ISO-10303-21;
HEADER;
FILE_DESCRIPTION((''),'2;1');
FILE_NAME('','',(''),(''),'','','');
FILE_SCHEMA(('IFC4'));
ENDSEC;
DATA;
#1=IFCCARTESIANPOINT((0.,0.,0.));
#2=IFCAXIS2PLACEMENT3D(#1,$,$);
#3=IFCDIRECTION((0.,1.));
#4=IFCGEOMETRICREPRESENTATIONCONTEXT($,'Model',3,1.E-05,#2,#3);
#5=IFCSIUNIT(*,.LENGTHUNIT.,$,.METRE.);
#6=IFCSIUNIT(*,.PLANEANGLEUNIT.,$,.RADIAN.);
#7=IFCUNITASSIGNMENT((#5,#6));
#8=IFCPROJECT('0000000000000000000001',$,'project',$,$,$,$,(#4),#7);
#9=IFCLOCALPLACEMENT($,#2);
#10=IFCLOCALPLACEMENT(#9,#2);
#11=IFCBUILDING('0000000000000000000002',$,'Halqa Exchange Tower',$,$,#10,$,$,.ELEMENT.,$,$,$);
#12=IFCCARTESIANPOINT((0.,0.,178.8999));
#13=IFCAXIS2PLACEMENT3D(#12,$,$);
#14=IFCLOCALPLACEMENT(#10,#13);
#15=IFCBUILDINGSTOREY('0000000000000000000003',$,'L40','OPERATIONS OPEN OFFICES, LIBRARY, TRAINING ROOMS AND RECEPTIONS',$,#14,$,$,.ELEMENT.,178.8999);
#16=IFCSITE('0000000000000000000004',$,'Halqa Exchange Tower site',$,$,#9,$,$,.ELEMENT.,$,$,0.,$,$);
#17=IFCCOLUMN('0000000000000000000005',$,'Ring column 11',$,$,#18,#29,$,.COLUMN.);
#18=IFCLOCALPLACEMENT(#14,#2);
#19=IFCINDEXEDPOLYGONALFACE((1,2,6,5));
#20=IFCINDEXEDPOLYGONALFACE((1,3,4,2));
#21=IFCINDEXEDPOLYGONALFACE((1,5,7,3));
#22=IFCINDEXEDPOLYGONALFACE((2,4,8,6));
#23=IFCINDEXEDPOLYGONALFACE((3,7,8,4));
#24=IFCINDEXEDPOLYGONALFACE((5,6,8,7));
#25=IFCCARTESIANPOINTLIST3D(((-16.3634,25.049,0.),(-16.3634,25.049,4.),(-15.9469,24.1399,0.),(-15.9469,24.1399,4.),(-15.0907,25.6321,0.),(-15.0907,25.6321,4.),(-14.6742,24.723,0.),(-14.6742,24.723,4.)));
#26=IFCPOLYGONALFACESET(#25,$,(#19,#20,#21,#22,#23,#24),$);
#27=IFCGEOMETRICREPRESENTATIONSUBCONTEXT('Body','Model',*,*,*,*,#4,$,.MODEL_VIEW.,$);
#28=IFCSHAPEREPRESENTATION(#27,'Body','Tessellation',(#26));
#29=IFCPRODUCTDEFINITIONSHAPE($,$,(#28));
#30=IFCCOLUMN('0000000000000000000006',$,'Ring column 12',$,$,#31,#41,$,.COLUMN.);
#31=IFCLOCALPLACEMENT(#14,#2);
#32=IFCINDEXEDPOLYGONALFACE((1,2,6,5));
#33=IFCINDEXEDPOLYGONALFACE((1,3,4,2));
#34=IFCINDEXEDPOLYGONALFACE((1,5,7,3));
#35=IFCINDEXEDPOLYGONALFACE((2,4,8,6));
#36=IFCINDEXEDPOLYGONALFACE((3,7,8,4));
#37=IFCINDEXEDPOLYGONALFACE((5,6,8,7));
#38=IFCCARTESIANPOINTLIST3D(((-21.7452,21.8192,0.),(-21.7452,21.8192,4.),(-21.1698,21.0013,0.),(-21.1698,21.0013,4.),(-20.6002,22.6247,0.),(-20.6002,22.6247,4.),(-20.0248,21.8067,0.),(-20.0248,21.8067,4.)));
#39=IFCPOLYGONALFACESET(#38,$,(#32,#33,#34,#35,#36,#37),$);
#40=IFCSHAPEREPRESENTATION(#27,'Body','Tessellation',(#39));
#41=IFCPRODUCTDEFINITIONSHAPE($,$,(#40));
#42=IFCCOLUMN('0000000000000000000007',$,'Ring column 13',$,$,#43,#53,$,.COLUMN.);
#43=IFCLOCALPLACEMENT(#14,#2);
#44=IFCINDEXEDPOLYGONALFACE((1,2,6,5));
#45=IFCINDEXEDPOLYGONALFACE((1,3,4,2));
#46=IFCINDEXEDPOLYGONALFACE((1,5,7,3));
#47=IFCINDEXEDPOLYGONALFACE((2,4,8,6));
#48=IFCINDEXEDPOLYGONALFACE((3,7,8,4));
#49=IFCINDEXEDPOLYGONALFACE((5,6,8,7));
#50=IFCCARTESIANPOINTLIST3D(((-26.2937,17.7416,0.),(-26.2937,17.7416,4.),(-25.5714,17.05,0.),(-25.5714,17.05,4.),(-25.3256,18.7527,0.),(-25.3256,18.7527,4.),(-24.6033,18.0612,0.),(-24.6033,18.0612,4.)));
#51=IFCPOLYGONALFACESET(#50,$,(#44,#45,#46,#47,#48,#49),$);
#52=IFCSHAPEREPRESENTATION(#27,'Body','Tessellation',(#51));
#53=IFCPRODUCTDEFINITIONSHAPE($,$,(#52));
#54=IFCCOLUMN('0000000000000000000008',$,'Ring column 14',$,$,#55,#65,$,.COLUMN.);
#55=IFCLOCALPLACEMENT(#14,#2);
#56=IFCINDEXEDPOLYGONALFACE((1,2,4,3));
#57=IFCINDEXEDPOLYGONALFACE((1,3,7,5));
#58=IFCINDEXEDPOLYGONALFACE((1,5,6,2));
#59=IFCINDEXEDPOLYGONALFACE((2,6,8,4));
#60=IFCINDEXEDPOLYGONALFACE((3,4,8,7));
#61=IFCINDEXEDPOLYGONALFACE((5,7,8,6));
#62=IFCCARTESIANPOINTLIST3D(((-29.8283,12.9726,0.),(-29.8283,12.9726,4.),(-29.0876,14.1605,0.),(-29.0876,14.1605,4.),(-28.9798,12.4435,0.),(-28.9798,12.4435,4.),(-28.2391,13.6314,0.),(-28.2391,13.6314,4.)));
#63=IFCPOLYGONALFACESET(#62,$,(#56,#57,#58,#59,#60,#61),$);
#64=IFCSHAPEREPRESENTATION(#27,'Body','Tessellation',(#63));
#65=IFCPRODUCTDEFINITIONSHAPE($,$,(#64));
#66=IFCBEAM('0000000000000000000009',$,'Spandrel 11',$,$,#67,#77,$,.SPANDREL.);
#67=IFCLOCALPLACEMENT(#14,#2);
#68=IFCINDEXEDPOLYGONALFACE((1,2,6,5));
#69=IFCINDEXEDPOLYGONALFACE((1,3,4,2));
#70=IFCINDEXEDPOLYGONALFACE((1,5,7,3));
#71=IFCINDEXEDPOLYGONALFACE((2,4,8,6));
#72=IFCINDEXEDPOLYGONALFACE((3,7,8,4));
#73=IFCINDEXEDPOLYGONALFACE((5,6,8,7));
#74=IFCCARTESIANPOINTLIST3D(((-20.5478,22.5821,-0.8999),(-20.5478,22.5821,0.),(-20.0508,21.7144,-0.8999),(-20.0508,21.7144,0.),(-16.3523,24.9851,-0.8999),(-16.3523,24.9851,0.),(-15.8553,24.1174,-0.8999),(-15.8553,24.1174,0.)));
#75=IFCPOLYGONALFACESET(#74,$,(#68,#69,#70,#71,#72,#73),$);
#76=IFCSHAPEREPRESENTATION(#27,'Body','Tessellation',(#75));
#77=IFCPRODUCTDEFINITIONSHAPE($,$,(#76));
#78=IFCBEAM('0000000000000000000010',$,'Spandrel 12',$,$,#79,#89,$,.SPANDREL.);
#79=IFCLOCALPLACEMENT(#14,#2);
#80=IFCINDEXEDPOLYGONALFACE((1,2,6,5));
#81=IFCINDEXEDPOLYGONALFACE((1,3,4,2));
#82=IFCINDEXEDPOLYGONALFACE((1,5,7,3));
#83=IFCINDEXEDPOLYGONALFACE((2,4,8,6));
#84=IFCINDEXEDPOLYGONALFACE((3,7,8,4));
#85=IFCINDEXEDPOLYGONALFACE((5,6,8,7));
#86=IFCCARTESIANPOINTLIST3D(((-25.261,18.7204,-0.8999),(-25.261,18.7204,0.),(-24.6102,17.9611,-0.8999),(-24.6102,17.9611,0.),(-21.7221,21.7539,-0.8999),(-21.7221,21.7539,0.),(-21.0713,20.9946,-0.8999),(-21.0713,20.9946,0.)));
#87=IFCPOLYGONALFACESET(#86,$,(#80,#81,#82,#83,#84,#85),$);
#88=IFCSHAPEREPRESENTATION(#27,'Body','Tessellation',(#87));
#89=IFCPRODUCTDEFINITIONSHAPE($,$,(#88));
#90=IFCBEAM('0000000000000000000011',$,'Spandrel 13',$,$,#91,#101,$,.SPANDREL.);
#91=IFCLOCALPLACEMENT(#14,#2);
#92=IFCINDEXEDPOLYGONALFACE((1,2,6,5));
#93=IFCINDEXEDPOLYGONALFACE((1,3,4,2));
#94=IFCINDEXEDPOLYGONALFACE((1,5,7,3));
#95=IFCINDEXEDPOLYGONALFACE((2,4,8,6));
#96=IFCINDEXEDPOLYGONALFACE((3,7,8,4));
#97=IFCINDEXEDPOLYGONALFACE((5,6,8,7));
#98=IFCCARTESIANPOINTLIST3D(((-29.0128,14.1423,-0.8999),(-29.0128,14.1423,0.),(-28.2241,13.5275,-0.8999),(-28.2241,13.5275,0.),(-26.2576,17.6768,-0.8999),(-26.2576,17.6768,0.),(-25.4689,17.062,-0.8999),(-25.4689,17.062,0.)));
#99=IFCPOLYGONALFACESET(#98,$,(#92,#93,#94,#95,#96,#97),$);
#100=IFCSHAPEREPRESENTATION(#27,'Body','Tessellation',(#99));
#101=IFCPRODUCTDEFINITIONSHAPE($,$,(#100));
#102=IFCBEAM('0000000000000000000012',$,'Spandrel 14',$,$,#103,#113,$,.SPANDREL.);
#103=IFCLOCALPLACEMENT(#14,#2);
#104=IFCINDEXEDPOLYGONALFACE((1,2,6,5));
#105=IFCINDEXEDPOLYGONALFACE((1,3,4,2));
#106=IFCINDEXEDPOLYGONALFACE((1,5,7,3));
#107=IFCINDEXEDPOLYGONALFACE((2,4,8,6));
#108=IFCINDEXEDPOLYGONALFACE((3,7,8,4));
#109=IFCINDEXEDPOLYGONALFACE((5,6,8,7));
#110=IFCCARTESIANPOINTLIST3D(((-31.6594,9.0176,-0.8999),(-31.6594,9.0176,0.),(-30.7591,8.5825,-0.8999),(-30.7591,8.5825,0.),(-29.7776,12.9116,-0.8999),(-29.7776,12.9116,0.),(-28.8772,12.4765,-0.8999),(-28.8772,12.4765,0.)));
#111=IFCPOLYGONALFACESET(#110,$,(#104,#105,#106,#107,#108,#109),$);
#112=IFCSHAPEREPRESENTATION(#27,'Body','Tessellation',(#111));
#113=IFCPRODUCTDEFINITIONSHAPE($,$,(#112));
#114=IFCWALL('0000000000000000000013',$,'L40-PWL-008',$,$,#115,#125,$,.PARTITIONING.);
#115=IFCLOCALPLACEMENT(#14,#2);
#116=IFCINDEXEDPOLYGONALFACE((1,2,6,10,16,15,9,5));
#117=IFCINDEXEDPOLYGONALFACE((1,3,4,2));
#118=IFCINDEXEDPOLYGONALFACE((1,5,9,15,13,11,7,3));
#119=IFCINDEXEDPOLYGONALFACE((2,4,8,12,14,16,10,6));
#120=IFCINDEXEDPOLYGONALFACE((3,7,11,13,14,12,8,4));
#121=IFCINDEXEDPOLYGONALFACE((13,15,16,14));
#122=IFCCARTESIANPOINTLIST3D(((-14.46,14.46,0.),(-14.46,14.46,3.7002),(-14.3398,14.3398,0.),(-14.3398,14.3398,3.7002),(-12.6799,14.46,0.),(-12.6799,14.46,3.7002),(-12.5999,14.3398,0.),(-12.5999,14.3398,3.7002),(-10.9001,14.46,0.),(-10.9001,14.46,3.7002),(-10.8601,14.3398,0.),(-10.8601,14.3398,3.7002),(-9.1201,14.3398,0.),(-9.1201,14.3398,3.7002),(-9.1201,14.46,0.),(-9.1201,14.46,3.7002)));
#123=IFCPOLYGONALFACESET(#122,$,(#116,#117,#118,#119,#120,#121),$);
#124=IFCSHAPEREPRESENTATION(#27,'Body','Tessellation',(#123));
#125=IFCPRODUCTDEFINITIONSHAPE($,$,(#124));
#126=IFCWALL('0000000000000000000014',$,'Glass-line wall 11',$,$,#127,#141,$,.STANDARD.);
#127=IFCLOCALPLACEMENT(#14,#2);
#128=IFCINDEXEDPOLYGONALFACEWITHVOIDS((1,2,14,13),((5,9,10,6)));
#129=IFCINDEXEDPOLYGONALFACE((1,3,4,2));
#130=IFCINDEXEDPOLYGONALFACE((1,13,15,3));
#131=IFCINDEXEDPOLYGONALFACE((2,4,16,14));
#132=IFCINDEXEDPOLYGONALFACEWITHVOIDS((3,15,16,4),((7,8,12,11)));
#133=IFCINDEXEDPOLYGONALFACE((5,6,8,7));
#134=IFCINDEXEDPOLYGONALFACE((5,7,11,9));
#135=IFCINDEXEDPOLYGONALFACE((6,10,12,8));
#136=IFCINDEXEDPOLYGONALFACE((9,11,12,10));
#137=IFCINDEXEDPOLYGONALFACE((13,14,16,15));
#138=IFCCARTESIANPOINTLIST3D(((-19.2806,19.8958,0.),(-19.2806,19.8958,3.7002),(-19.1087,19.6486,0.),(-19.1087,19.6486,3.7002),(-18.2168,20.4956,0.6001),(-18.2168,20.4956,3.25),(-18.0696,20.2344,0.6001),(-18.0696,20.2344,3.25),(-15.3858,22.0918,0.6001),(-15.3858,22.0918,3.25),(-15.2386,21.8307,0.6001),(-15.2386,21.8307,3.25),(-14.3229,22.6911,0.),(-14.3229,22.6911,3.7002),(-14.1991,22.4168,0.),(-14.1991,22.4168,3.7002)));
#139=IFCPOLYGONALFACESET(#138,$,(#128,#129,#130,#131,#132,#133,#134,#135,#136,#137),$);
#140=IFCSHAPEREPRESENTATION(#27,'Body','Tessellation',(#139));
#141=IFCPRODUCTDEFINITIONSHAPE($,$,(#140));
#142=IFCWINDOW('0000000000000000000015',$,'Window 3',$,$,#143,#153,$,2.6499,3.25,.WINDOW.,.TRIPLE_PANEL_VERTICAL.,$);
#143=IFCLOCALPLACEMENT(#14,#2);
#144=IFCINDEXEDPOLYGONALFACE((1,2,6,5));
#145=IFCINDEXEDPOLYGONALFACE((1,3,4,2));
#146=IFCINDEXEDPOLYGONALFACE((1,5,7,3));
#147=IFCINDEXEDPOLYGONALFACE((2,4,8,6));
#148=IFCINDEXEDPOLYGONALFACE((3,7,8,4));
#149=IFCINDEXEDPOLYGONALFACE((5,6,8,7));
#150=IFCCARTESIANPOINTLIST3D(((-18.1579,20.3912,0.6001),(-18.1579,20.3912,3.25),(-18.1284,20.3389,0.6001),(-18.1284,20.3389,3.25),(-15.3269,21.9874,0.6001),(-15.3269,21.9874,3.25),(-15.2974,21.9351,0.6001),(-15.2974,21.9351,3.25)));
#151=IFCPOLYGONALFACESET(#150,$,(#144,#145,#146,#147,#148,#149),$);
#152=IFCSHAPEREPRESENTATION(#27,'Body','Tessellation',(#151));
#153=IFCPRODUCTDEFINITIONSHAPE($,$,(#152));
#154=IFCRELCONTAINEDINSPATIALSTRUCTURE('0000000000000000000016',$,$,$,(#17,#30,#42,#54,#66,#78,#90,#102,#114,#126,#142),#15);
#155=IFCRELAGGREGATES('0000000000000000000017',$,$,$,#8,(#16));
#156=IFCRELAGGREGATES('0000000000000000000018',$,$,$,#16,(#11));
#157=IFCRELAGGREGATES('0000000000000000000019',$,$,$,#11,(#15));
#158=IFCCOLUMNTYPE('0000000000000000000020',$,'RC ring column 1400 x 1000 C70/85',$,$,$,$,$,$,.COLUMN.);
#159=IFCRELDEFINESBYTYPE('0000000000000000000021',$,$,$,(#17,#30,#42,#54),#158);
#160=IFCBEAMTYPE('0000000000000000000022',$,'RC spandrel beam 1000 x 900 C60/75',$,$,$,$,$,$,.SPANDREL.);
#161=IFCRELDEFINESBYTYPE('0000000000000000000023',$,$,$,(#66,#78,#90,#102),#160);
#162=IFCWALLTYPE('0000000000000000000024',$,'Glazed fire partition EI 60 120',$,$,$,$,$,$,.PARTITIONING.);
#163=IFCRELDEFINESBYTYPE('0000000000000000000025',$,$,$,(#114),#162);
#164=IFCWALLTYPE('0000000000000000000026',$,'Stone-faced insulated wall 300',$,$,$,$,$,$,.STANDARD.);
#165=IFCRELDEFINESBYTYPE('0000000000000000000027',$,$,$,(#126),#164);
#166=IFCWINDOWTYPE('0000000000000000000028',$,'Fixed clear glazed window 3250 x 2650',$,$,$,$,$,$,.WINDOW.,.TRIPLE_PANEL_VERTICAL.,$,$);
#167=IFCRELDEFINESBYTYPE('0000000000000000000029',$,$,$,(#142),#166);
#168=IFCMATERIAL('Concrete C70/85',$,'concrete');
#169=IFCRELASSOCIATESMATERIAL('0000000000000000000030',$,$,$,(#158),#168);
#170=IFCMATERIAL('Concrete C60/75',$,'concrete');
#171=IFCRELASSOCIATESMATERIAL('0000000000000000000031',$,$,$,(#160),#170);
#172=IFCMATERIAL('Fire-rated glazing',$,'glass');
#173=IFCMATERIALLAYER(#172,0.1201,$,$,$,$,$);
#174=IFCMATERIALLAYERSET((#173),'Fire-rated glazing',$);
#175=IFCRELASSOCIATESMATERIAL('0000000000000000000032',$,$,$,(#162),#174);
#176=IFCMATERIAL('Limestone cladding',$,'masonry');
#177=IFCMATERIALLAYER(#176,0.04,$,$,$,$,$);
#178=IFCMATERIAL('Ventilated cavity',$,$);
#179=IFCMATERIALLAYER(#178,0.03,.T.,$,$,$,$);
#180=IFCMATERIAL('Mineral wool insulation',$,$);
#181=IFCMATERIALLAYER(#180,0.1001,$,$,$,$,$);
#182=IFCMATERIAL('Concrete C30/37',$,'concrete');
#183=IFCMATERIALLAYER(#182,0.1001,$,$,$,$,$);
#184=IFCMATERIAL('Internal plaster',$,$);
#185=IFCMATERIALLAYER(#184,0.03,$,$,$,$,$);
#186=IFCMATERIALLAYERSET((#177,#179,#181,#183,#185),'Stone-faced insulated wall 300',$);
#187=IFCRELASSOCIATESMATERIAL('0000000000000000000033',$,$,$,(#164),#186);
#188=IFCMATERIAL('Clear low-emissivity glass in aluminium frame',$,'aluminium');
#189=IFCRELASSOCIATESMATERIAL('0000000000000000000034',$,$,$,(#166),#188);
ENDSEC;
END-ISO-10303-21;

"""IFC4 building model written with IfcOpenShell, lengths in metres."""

from ifc_helpers import new_model, si_unit, direction, frame, frame_2d, origin, origin_2d, place, context, subcontext, project, spatial, polyline, rectangle, outline, extrude, material, layer, layer_set, material_profile, profile_set, type_object, element, fill, save


model = new_model("IFC4")

# Units and contexts
model_context = context("Model", 3, precision=1e-05, world=origin(), true_north=direction((0.0, 1.0)))
body_context = subcontext(model_context, "Body", "Model", "MODEL_VIEW")
ifc_project = project(units=[si_unit("LENGTHUNIT", "METRE"), si_unit("PLANEANGLEUNIT", "RADIAN")], contexts=[model_context])

# Site, building, storey
site_placement = place(None, origin())
site = spatial("IfcSite", under=ifc_project, at=site_placement, Name="Halqa Exchange Tower site", CompositionType="ELEMENT", RefElevation=0.0)
building_placement = place(site_placement, origin())
building = spatial("IfcBuilding", under=site, at=building_placement, Name="Halqa Exchange Tower", CompositionType="ELEMENT")
storey_placement = place(building_placement, frame((0.0, 0.0, 178.8999)))
storey = spatial("IfcBuildingStorey", under=building, at=storey_placement, Name="L40", Description="OPERATIONS OPEN OFFICES, LIBRARY, TRAINING ROOMS AND RECEPTIONS", CompositionType="ELEMENT", Elevation=178.8999)

# Columns
ifc_material_1 = material(Name="Concrete C70/85", Category="concrete")
ifc_material_profile_1 = material_profile(ifc_material_1, rectangle(XDim=1.3999, YDim=1.0, at=origin_2d()), Name="1400 x 1000")
ifc_profile_set_1 = profile_set([ifc_material_profile_1], Name="Concrete C70/85")
column_type = type_object("IfcColumnType", Name="RC ring column 1400 x 1000 C70/85", PredefinedType="COLUMN", material=ifc_profile_set_1)
for number, where, z_axis, x_axis, name in (
    (1, (-15.5188, 24.886, 0.0), (0.0, 0.0, 1.0), (-0.909128, -0.416517, 0.0), "Ring column 11"),
    (2, (-20.885, 21.813, 0.0), (0.0, 0.0, 1.0), (-0.817912, -0.575344, 0.0), "Ring column 12"),
    (3, (-25.4485, 17.9014, 0.0), (0.0, 0.0, 1.0), (-0.691575, -0.722305, 0.0), "Ring column 13"),
    (4, (-29.0337, 13.302, 0.0), (0.0, 0.0, 1.0), (-0.529138, -0.848536, 0.0), "Ring column 14"),
):
    element("IfcColumn", number, at=place(storey_placement, frame(where, z_axis=z_axis, x_axis=x_axis)), inside=storey, type_object=column_type, Name=name, PredefinedType="COLUMN", context=body_context, shape_type="SweptSolid", body=[
        extrude(rectangle(XDim=1.3999, YDim=1.0, at=origin_2d()), origin(), (0.0, 0.0, 1.0), 4.0),
    ])

# Beams
ifc_material_2 = material(Name="Concrete C60/75", Category="concrete")
ifc_material_profile_2 = material_profile(ifc_material_2, rectangle(XDim=1.0, YDim=0.8999, at=origin_2d()), Name="1000 x 900")
ifc_profile_set_2 = profile_set([ifc_material_profile_2], Name="Concrete C60/75")
beam_type = type_object("IfcBeamType", Name="RC spandrel beam 1000 x 900 C60/75", PredefinedType="SPANDREL", material=ifc_profile_set_2)
beam_1_placement = place(storey_placement, frame((-16.1038, 24.5513, -0.45), z_axis=(-0.867742, -0.497014, 0.0), x_axis=(0.497014, -0.867742, 0.0)))
element("IfcBeam", 5, at=beam_1_placement, inside=storey, type_object=beam_type, Name="Spandrel 11", PredefinedType="SPANDREL", context=body_context, shape_type="SweptSolid", body=[
    extrude(rectangle(XDim=1.0, YDim=0.8999, at=origin_2d()), origin(), (0.0, 0.0, 1.0), 4.835),
])
beam_2_placement = place(storey_placement, frame((-21.3967, 21.3743, -0.45), z_axis=(-0.759238, -0.650813, 0.0), x_axis=(0.650813, -0.759238, 0.0)))
element("IfcBeam", 6, at=beam_2_placement, inside=storey, type_object=beam_type, Name="Spandrel 12", PredefinedType="SPANDREL", context=body_context, shape_type="SweptSolid", body=[
    extrude(rectangle(XDim=1.0, YDim=0.8999, at=origin_2d()), origin(), (0.0, 0.0, 1.0), 4.6611),
])
beam_3_placement = place(storey_placement, frame((-25.8633, 17.3694, -0.45), z_axis=(-0.614793, -0.788689, 0.0), x_axis=(0.788689, -0.614793, 0.0)))
element("IfcBeam", 7, at=beam_3_placement, inside=storey, type_object=beam_type, Name="Spandrel 13", PredefinedType="SPANDREL", context=body_context, shape_type="SweptSolid", body=[
    extrude(rectangle(XDim=1.0, YDim=0.8999, at=origin_2d()), origin(), (0.0, 0.0, 1.0), 4.4814),
])
beam_4_placement = place(storey_placement, frame((-29.3274, 12.6941, -0.45), z_axis=(-0.435115, -0.900375, 0.0), x_axis=(0.900375, -0.435115, 0.0)))
element("IfcBeam", 8, at=beam_4_placement, inside=storey, type_object=beam_type, Name="Spandrel 14", PredefinedType="SPANDREL", context=body_context, shape_type="SweptSolid", body=[
    extrude(rectangle(XDim=1.0, YDim=0.8999, at=origin_2d()), origin(), (0.0, 0.0, 1.0), 4.325),
])

# Wall
ifc_material_3 = material(Name="Fire-rated glazing", Category="glass")
ifc_layer_1 = layer(ifc_material_3, 0.1201)
ifc_layer_set_1 = layer_set([ifc_layer_1], Name="Fire-rated glazing")
wall_type_1 = type_object("IfcWallType", Name="Glazed fire partition EI 60 120", PredefinedType="PARTITIONING", material=ifc_layer_set_1)
wall_1_placement = place(storey_placement, frame((-14.46, 14.3999, 0.0), z_axis=(0.0, 0.0, 1.0), x_axis=(1.0, 0.0, 0.0)))
element("IfcWall", 9, at=wall_1_placement, inside=storey, type_object=wall_type_1, Name="L40-PWL-008", PredefinedType="PARTITIONING", context=body_context, shape_type="SweptSolid", body=[
    extrude(outline(polyline([(5.3398, 0.0601), (3.5598, 0.0601), (1.78, 0.0601), (0.0, 0.0601), (0.1201, -0.0601), (1.8601, -0.0601), (3.5999, -0.0601), (5.3398, -0.0601), (5.3398, 0.0601)])), origin(), (0.0, 0.0, 1.0), 3.7002),
])

# Wall, opening, window
ifc_material_4 = material(Name="Limestone cladding", Category="masonry")
ifc_layer_2 = layer(ifc_material_4, 0.04)
ifc_material_5 = material(Name="Ventilated cavity")
ifc_layer_3 = layer(ifc_material_5, 0.03, ventilated=True)
ifc_material_6 = material(Name="Mineral wool insulation")
ifc_layer_4 = layer(ifc_material_6, 0.1001)
ifc_material_7 = material(Name="Concrete C30/37", Category="concrete")
ifc_layer_5 = layer(ifc_material_7, 0.1001)
ifc_material_8 = material(Name="Internal plaster")
ifc_layer_6 = layer(ifc_material_8, 0.03)
ifc_layer_set_2 = layer_set([ifc_layer_2, ifc_layer_3, ifc_layer_4, ifc_layer_5, ifc_layer_6], Name="Stone-faced insulated wall 300")
wall_type_2 = type_object("IfcWallType", Name="Stone-faced insulated wall 300", PredefinedType="STANDARD", material=ifc_layer_set_2)
wall_2_placement = place(storey_placement, frame((-14.261, 22.554, 0.0), z_axis=(0.0, 0.0, 1.0), x_axis=(-0.871078, -0.491145, 0.0)))
wall_2 = element("IfcWall", 10, at=wall_2_placement, inside=storey, type_object=wall_type_2, Name="Glass-line wall 11", PredefinedType="STANDARD", context=body_context, shape_type="SweptSolid", body=[
    extrude(outline(polyline([(-0.0134, -0.1499), (5.678, -0.1499), (5.6497, 0.1499), (0.0134, 0.1499), (-0.0134, -0.1499)])), origin(), (0.0, 0.0, 1.0), 3.7002),
])
opening_1_placement = place(wall_2_placement, frame((1.2068, 0.0, 0.6001)))
opening_1 = element("IfcOpeningElement", 11, at=opening_1_placement, cuts=wall_2, PredefinedType="OPENING", context=body_context, shape_type="SweptSolid", body=[
    extrude(rectangle(XDim=3.25, YDim=2.6499, at=frame_2d((1.625, 1.325))), frame((0.0, 0.1621, 0.0), z_axis=(0.0, -1.0, 0.0), x_axis=(1.0, 0.0, 0.0)), (0.0, 0.0, 1.0), 0.324),
])
ifc_material_9 = material(Name="Clear low-emissivity glass in aluminium frame", Category="aluminium")
window_type = type_object("IfcWindowType", Name="Fixed clear glazed window 3250 x 2650", PartitioningType="TRIPLE_PANEL_VERTICAL", PredefinedType="WINDOW", material=ifc_material_9)
window_1_placement = place(opening_1_placement, origin())
window_1 = element("IfcWindow", 12, at=window_1_placement, inside=storey, type_object=window_type, Name="Window 3", OverallHeight=2.6499, OverallWidth=3.25, PartitioningType="TRIPLE_PANEL_VERTICAL", PredefinedType="WINDOW", context=body_context, shape_type="SweptSolid", body=[
    extrude(rectangle(XDim=3.25, YDim=2.6499, at=frame_2d((1.625, 1.325))), frame((0.0, 0.03, 0.0), z_axis=(0.0, -1.0, 0.0), x_axis=(1.0, 0.0, 0.0)), (0.0, 0.0, 1.0), 0.0601),
])
fill(opening_1, window_1)

save(model, "model.ifc")
